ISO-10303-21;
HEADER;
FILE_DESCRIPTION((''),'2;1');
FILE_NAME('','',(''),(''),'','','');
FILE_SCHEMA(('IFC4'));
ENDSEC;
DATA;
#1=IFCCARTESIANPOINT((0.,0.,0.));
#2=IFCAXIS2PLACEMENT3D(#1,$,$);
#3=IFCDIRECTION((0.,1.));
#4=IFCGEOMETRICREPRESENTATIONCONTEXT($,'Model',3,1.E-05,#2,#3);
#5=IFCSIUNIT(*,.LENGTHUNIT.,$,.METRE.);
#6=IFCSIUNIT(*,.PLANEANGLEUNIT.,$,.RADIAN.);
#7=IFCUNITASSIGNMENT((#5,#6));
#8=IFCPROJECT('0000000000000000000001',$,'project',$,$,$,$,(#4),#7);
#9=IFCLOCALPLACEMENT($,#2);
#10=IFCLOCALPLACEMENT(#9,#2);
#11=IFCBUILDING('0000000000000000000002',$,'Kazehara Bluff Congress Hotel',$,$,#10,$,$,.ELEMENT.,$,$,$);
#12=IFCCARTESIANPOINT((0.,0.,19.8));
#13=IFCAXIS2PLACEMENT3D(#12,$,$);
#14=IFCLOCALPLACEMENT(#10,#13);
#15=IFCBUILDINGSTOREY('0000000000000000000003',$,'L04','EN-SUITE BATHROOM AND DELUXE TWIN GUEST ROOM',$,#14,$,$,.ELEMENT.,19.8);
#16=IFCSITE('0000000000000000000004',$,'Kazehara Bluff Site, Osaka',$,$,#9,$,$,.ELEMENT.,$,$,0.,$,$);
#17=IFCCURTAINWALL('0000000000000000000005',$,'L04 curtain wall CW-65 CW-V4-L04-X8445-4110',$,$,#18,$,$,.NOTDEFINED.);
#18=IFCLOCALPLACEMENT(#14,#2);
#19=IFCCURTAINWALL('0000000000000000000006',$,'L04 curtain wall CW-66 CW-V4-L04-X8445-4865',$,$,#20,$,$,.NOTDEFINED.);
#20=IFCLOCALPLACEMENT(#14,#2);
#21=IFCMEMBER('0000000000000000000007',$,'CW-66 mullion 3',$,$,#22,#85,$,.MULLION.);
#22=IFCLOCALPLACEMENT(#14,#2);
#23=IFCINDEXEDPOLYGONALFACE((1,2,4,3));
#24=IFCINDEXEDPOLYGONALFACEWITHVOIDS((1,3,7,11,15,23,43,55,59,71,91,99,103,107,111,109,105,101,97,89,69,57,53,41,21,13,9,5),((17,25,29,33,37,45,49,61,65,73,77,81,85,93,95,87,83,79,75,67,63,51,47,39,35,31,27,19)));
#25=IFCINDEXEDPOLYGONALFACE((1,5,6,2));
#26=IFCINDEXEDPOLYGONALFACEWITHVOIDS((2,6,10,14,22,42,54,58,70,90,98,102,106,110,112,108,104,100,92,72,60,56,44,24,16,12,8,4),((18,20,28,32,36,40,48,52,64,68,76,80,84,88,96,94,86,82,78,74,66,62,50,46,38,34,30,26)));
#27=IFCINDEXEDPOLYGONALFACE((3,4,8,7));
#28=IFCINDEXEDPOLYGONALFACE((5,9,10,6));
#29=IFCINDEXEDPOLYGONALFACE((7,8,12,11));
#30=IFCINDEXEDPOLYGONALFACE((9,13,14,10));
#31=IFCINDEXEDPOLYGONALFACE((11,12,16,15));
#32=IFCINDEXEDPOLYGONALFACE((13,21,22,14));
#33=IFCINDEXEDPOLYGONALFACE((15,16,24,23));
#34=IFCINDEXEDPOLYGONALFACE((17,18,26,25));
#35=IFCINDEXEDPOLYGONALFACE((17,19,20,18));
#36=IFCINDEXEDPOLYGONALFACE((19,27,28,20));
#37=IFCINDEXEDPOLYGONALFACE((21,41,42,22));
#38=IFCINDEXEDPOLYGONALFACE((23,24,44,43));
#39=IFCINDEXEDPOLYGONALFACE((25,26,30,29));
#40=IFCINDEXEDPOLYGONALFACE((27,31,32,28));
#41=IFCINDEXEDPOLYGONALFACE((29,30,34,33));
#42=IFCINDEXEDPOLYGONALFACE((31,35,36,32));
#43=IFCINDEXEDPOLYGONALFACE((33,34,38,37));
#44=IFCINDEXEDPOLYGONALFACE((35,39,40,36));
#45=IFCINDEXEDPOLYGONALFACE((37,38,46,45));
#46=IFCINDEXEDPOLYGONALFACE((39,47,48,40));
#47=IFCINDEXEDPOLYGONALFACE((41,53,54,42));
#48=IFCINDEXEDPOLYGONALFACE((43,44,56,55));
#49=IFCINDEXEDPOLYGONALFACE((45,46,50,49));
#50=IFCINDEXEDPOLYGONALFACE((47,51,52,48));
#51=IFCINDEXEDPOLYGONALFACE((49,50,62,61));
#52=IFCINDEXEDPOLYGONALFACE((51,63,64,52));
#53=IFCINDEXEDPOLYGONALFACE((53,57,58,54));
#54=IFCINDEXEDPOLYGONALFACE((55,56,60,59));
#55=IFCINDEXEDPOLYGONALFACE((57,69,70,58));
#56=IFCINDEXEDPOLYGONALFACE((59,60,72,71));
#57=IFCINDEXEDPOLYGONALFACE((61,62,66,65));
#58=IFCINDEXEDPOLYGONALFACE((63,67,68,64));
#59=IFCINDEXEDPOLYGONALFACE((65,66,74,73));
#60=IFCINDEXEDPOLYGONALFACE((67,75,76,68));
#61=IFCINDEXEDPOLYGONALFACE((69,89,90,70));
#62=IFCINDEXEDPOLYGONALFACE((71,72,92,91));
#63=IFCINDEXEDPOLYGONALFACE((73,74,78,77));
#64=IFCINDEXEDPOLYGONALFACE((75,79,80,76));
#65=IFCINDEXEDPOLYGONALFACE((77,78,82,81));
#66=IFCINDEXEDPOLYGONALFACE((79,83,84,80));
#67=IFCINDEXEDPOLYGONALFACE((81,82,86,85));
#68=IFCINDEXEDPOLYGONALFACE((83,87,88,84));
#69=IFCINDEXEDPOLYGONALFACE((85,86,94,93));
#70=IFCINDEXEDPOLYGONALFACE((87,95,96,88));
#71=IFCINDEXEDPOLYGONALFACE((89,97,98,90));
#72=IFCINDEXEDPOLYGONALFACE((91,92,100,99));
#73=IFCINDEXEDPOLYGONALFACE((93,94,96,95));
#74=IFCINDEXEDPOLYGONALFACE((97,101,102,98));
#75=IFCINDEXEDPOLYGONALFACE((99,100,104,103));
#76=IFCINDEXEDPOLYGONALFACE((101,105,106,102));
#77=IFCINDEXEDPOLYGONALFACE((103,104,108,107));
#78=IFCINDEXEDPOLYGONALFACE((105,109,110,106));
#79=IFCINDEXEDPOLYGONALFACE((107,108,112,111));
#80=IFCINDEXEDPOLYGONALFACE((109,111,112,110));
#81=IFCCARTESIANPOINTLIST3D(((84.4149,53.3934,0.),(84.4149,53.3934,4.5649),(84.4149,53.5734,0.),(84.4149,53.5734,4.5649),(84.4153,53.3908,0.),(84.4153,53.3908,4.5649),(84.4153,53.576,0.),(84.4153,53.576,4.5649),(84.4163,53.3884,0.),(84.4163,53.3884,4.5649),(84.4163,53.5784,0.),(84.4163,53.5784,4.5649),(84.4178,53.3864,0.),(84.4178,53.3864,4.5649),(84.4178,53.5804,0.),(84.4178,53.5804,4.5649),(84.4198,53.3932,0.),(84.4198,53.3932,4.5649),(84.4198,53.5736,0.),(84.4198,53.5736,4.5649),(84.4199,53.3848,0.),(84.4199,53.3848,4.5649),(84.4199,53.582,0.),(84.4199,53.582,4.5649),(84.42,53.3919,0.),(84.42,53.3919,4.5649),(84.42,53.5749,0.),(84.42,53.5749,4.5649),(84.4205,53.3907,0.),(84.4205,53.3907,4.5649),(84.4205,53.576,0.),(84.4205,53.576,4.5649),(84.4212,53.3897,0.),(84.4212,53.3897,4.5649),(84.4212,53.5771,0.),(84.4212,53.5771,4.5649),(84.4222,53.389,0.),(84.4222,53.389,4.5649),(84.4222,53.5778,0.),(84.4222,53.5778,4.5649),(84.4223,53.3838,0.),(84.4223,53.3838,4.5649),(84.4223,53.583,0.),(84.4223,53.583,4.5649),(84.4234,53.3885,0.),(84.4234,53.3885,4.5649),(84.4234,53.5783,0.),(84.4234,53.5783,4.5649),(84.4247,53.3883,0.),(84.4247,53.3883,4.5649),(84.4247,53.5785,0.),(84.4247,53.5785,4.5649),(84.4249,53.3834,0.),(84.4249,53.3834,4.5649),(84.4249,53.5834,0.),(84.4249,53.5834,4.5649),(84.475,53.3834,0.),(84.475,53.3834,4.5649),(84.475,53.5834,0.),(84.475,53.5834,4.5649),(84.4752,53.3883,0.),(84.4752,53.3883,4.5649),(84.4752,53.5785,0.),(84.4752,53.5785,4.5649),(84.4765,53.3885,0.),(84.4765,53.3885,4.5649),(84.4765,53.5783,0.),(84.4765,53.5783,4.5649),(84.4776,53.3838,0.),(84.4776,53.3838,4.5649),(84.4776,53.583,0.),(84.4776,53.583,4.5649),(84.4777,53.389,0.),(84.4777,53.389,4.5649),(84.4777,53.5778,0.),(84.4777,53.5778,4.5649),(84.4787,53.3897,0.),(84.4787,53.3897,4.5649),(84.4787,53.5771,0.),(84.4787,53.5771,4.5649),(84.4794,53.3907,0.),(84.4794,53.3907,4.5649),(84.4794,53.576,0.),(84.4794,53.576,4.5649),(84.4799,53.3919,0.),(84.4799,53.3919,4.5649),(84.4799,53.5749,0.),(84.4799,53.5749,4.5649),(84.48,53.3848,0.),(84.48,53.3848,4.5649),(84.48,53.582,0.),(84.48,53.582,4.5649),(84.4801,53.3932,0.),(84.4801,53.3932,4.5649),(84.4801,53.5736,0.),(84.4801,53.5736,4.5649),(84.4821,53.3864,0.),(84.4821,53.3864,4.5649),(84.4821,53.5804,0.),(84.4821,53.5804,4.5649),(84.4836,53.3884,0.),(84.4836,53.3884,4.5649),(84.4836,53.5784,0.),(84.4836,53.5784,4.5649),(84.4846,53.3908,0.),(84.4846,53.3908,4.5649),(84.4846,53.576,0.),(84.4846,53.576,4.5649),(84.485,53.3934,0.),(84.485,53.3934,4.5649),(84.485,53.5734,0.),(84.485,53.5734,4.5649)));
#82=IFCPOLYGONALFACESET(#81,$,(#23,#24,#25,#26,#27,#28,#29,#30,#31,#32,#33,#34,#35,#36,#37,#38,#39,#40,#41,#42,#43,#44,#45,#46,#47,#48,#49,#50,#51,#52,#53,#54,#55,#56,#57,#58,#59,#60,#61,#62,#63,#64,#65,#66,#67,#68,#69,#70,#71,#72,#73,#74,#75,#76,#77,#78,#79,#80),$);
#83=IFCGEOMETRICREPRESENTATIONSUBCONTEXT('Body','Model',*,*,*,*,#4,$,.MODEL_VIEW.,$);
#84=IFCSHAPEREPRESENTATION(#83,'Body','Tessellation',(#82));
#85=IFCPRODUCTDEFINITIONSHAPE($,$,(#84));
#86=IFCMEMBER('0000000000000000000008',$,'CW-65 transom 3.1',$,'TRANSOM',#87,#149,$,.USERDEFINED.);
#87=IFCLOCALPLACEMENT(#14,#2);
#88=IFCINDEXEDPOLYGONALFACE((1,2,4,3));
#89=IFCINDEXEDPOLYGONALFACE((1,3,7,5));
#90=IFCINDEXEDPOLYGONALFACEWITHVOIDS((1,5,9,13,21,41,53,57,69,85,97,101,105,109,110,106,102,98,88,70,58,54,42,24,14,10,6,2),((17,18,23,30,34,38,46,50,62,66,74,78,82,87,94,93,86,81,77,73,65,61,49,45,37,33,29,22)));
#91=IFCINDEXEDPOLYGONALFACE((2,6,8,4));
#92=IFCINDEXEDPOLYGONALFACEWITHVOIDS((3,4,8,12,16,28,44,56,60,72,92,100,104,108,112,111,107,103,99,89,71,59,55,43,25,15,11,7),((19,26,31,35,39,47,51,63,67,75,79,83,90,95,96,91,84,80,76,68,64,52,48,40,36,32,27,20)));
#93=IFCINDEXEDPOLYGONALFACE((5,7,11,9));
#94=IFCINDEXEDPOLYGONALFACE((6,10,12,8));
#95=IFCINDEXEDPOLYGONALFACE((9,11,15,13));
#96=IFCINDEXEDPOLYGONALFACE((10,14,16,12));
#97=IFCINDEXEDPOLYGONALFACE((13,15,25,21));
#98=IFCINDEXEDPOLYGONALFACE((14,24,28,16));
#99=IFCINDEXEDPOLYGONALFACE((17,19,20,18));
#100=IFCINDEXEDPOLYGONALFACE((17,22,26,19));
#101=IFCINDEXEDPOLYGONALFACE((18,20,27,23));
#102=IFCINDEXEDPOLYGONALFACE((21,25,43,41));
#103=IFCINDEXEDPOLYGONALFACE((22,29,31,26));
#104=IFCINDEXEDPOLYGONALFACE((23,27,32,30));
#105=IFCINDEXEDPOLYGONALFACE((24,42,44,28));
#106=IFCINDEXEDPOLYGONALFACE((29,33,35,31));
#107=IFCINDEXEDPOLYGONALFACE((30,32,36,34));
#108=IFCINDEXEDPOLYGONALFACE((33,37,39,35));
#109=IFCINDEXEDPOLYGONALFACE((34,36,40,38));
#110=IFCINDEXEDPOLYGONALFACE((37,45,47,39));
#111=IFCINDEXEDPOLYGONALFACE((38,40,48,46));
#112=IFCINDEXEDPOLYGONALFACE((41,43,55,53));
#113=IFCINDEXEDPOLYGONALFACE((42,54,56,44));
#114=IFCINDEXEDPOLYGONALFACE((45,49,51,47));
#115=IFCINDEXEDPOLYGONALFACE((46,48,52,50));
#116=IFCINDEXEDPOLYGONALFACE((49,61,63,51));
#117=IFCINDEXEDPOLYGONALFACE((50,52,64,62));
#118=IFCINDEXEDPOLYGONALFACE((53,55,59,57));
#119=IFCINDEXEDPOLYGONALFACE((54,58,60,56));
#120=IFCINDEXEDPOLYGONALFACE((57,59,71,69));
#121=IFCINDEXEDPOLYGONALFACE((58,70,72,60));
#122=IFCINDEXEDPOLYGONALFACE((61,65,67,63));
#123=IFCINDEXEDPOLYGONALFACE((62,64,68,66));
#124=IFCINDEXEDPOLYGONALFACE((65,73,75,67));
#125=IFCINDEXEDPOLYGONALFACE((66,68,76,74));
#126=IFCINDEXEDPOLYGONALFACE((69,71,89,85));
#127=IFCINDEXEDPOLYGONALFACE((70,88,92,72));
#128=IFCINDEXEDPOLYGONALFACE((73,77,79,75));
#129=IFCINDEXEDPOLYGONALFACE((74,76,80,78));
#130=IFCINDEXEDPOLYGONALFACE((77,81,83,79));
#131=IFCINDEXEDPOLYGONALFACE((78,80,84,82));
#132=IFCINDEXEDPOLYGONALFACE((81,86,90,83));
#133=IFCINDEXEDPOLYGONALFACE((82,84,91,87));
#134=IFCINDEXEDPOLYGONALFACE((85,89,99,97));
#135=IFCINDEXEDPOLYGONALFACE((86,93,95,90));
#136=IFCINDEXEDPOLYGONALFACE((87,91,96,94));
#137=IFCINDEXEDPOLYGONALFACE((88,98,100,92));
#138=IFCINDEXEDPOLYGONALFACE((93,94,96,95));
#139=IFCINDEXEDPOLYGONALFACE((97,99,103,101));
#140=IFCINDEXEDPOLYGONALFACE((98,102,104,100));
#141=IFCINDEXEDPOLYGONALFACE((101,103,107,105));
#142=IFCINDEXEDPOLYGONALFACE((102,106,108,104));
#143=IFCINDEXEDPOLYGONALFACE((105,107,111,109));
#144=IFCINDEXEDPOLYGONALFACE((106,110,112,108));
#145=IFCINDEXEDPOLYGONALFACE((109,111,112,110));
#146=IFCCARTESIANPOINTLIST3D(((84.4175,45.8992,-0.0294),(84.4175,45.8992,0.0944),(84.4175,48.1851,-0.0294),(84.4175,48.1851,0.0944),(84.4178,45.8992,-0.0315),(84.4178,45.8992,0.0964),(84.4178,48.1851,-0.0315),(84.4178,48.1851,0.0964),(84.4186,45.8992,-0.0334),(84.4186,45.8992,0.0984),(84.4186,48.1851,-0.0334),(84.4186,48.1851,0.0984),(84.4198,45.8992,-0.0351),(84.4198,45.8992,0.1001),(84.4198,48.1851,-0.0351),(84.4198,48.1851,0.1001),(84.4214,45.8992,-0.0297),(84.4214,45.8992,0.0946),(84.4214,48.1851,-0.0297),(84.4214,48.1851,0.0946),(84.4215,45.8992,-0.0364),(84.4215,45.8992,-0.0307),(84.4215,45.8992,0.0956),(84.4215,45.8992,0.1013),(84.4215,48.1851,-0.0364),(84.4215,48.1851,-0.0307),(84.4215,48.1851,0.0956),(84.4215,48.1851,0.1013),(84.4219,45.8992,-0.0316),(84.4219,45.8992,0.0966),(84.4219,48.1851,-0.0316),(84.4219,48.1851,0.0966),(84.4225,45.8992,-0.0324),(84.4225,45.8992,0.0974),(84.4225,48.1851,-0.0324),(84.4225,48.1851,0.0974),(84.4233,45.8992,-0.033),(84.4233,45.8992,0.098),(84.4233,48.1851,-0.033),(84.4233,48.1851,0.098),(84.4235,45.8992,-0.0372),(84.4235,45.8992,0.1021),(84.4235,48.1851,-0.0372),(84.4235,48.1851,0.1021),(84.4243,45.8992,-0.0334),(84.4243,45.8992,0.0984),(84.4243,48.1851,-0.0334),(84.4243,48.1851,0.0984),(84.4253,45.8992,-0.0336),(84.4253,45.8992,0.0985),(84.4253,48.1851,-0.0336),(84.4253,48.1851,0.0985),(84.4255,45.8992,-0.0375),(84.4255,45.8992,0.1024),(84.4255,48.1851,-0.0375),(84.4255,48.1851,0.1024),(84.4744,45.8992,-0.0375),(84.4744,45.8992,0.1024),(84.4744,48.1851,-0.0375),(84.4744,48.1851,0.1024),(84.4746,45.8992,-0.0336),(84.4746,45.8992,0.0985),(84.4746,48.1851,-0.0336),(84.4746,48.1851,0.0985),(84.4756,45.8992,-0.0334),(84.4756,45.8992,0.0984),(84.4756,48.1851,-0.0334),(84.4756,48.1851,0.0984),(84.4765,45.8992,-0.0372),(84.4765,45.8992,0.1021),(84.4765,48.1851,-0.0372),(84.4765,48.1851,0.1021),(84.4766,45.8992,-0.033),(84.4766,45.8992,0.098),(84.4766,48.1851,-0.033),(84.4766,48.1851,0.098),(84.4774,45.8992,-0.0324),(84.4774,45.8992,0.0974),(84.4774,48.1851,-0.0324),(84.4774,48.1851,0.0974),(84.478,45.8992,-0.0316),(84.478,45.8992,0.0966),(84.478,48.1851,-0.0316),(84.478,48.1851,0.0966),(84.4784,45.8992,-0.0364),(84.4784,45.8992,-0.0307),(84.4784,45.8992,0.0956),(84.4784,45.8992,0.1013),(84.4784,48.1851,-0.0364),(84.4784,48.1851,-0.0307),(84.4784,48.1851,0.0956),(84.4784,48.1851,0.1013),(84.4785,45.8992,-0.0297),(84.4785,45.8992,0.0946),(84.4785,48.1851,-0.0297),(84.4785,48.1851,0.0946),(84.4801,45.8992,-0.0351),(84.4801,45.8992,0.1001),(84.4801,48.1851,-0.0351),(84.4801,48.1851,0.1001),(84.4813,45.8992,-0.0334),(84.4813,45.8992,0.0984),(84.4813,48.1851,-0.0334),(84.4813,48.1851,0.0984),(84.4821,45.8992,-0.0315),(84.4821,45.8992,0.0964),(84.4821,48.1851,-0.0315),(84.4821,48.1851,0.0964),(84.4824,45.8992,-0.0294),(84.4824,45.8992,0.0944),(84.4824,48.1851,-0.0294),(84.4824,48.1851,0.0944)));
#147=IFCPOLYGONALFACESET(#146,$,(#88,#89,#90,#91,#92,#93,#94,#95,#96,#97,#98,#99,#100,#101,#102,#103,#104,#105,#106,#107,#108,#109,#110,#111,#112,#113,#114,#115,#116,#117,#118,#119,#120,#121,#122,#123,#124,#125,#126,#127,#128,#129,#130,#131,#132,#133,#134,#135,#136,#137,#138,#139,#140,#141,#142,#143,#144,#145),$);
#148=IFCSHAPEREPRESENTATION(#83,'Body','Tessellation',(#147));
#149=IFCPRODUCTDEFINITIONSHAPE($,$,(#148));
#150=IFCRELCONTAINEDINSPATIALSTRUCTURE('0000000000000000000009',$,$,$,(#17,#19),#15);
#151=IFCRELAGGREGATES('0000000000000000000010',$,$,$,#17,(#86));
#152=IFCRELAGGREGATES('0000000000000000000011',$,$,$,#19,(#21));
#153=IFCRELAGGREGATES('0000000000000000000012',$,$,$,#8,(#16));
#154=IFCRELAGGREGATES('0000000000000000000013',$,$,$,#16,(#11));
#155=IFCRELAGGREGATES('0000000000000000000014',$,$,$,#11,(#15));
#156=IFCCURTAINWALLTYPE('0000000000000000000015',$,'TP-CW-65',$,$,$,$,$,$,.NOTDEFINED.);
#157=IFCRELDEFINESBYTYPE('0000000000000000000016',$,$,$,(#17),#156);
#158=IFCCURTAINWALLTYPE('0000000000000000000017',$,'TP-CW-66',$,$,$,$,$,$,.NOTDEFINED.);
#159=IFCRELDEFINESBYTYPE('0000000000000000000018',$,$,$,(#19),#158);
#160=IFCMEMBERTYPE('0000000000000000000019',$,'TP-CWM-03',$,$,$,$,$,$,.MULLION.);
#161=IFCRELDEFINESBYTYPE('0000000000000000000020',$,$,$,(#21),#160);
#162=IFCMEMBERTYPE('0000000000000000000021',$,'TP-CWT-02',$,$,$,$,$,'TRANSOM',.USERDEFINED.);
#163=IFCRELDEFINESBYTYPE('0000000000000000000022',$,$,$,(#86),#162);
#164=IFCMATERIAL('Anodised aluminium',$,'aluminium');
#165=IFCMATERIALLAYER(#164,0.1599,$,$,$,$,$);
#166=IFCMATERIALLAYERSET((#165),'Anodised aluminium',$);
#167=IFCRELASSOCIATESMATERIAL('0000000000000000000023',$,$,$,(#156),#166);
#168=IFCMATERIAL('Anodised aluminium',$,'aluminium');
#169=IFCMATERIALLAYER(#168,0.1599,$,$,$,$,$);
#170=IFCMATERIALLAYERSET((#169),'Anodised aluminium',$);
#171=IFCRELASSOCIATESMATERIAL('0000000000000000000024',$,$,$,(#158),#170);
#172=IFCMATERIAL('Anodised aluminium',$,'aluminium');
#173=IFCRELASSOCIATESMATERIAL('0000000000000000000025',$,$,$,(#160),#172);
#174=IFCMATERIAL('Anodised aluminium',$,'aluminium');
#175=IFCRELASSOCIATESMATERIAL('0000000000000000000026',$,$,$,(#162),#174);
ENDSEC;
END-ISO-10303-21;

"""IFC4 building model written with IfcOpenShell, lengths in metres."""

from ifc_helpers import new_model, si_unit, direction, frame, origin, origin_2d, place, context, subcontext, project, spatial, hollow_rectangle, extrude, material, layer, layer_set, material_profile, profile_set, type_object, element, aggregate, save


model = new_model("IFC4")

# Units and contexts
model_context = context("Model", 3, precision=1e-05, world=origin(), true_north=direction((0.0, 1.0)))
body_context = subcontext(model_context, "Body", "Model", "MODEL_VIEW")
ifc_project = project(units=[si_unit("LENGTHUNIT", "METRE"), si_unit("PLANEANGLEUNIT", "RADIAN")], contexts=[model_context])

# Site, building, storey
site_placement = place(None, origin())
site = spatial("IfcSite", under=ifc_project, at=site_placement, Name="Kazehara Bluff Site, Osaka", CompositionType="ELEMENT", RefElevation=0.0)
building_placement = place(site_placement, origin())
building = spatial("IfcBuilding", under=site, at=building_placement, Name="Kazehara Bluff Congress Hotel", CompositionType="ELEMENT")
storey_placement = place(building_placement, frame((0.0, 0.0, 19.8)))
storey = spatial("IfcBuildingStorey", under=building, at=storey_placement, Name="L04", Description="EN-SUITE BATHROOM AND DELUXE TWIN GUEST ROOM", CompositionType="ELEMENT", Elevation=19.8)

# Curtain walls, member
ifc_material_1 = material(Name="Anodised aluminium", Category="aluminium")
ifc_layer_1 = layer(ifc_material_1, 0.1599)
ifc_layer_set_1 = layer_set([ifc_layer_1], Name="Anodised aluminium")
curtain_wall_type_1 = type_object("IfcCurtainWallType", Name="TP-CW-65", PredefinedType="NOTDEFINED", material=ifc_layer_set_1)
curtain_wall_1_placement = place(storey_placement, origin())
curtain_wall_1 = element("IfcCurtainWall", 1, at=curtain_wall_1_placement, inside=storey, type_object=curtain_wall_type_1, Name="L04 curtain wall CW-65 CW-V4-L04-X8445-4110", PredefinedType="NOTDEFINED")
ifc_material_2 = material(Name="Anodised aluminium", Category="aluminium")
ifc_layer_2 = layer(ifc_material_2, 0.1599)
ifc_layer_set_2 = layer_set([ifc_layer_2], Name="Anodised aluminium")
curtain_wall_type_2 = type_object("IfcCurtainWallType", Name="TP-CW-66", PredefinedType="NOTDEFINED", material=ifc_layer_set_2)
curtain_wall_2_placement = place(storey_placement, origin())
curtain_wall_2 = element("IfcCurtainWall", 2, at=curtain_wall_2_placement, inside=storey, type_object=curtain_wall_type_2, Name="L04 curtain wall CW-66 CW-V4-L04-X8445-4865", PredefinedType="NOTDEFINED")
ifc_material_3 = material(Name="Anodised aluminium", Category="aluminium")
ifc_material_profile_1 = material_profile(ifc_material_3, hollow_rectangle(XDim=0.0701, YDim=0.2, WallThickness=0.0049, InnerFilletRadius=0.0049, OuterFilletRadius=0.01, at=origin_2d()))
ifc_profile_set_1 = profile_set([ifc_material_profile_1], Name="Anodised aluminium")
member_type_1 = type_object("IfcMemberType", Name="TP-CWM-03", PredefinedType="MULLION", material=ifc_profile_set_1)
member_1_placement = place(storey_placement, frame((84.45, 53.4834, 0.0), z_axis=(0.0, 0.0, 1.0), x_axis=(-1.0, 0.0, 0.0)))
member_1 = element("IfcMember", 3, at=member_1_placement, type_object=member_type_1, Name="CW-66 mullion 3", PredefinedType="MULLION", context=body_context, shape_type="SweptSolid", body=[
    extrude(hollow_rectangle(XDim=0.0701, YDim=0.2, WallThickness=0.0049, InnerFilletRadius=0.0049, OuterFilletRadius=0.01, at=origin_2d()), origin(), (0.0, 0.0, 1.0), 4.5649),
])

# Member
ifc_material_4 = material(Name="Anodised aluminium", Category="aluminium")
ifc_material_profile_2 = material_profile(ifc_material_4, hollow_rectangle(XDim=0.0649, YDim=0.1399, WallThickness=0.0039, InnerFilletRadius=0.0039, OuterFilletRadius=0.0081, at=origin_2d()))
ifc_profile_set_2 = profile_set([ifc_material_profile_2], Name="Anodised aluminium")
member_type_2 = type_object("IfcMemberType", Name="TP-CWT-02", ElementType="TRANSOM", PredefinedType="USERDEFINED", material=ifc_profile_set_2)
member_2_placement = place(storey_placement, frame((84.45, 45.8992, 0.0325), z_axis=(0.0, 1.0, 0.0), x_axis=(-1.0, 0.0, 0.0)))
member_2 = element("IfcMember", 4, at=member_2_placement, type_object=member_type_2, Name="CW-65 transom 3.1", ObjectType="TRANSOM", PredefinedType="USERDEFINED", context=body_context, shape_type="SweptSolid", body=[
    extrude(hollow_rectangle(XDim=0.0649, YDim=0.1399, WallThickness=0.0039, InnerFilletRadius=0.0039, OuterFilletRadius=0.0081, at=origin_2d()), origin(), (0.0, 0.0, 1.0), 2.2859),
])

aggregate(curtain_wall_1, [member_2])
aggregate(curtain_wall_2, [member_1])

save(model, "model.ifc")
